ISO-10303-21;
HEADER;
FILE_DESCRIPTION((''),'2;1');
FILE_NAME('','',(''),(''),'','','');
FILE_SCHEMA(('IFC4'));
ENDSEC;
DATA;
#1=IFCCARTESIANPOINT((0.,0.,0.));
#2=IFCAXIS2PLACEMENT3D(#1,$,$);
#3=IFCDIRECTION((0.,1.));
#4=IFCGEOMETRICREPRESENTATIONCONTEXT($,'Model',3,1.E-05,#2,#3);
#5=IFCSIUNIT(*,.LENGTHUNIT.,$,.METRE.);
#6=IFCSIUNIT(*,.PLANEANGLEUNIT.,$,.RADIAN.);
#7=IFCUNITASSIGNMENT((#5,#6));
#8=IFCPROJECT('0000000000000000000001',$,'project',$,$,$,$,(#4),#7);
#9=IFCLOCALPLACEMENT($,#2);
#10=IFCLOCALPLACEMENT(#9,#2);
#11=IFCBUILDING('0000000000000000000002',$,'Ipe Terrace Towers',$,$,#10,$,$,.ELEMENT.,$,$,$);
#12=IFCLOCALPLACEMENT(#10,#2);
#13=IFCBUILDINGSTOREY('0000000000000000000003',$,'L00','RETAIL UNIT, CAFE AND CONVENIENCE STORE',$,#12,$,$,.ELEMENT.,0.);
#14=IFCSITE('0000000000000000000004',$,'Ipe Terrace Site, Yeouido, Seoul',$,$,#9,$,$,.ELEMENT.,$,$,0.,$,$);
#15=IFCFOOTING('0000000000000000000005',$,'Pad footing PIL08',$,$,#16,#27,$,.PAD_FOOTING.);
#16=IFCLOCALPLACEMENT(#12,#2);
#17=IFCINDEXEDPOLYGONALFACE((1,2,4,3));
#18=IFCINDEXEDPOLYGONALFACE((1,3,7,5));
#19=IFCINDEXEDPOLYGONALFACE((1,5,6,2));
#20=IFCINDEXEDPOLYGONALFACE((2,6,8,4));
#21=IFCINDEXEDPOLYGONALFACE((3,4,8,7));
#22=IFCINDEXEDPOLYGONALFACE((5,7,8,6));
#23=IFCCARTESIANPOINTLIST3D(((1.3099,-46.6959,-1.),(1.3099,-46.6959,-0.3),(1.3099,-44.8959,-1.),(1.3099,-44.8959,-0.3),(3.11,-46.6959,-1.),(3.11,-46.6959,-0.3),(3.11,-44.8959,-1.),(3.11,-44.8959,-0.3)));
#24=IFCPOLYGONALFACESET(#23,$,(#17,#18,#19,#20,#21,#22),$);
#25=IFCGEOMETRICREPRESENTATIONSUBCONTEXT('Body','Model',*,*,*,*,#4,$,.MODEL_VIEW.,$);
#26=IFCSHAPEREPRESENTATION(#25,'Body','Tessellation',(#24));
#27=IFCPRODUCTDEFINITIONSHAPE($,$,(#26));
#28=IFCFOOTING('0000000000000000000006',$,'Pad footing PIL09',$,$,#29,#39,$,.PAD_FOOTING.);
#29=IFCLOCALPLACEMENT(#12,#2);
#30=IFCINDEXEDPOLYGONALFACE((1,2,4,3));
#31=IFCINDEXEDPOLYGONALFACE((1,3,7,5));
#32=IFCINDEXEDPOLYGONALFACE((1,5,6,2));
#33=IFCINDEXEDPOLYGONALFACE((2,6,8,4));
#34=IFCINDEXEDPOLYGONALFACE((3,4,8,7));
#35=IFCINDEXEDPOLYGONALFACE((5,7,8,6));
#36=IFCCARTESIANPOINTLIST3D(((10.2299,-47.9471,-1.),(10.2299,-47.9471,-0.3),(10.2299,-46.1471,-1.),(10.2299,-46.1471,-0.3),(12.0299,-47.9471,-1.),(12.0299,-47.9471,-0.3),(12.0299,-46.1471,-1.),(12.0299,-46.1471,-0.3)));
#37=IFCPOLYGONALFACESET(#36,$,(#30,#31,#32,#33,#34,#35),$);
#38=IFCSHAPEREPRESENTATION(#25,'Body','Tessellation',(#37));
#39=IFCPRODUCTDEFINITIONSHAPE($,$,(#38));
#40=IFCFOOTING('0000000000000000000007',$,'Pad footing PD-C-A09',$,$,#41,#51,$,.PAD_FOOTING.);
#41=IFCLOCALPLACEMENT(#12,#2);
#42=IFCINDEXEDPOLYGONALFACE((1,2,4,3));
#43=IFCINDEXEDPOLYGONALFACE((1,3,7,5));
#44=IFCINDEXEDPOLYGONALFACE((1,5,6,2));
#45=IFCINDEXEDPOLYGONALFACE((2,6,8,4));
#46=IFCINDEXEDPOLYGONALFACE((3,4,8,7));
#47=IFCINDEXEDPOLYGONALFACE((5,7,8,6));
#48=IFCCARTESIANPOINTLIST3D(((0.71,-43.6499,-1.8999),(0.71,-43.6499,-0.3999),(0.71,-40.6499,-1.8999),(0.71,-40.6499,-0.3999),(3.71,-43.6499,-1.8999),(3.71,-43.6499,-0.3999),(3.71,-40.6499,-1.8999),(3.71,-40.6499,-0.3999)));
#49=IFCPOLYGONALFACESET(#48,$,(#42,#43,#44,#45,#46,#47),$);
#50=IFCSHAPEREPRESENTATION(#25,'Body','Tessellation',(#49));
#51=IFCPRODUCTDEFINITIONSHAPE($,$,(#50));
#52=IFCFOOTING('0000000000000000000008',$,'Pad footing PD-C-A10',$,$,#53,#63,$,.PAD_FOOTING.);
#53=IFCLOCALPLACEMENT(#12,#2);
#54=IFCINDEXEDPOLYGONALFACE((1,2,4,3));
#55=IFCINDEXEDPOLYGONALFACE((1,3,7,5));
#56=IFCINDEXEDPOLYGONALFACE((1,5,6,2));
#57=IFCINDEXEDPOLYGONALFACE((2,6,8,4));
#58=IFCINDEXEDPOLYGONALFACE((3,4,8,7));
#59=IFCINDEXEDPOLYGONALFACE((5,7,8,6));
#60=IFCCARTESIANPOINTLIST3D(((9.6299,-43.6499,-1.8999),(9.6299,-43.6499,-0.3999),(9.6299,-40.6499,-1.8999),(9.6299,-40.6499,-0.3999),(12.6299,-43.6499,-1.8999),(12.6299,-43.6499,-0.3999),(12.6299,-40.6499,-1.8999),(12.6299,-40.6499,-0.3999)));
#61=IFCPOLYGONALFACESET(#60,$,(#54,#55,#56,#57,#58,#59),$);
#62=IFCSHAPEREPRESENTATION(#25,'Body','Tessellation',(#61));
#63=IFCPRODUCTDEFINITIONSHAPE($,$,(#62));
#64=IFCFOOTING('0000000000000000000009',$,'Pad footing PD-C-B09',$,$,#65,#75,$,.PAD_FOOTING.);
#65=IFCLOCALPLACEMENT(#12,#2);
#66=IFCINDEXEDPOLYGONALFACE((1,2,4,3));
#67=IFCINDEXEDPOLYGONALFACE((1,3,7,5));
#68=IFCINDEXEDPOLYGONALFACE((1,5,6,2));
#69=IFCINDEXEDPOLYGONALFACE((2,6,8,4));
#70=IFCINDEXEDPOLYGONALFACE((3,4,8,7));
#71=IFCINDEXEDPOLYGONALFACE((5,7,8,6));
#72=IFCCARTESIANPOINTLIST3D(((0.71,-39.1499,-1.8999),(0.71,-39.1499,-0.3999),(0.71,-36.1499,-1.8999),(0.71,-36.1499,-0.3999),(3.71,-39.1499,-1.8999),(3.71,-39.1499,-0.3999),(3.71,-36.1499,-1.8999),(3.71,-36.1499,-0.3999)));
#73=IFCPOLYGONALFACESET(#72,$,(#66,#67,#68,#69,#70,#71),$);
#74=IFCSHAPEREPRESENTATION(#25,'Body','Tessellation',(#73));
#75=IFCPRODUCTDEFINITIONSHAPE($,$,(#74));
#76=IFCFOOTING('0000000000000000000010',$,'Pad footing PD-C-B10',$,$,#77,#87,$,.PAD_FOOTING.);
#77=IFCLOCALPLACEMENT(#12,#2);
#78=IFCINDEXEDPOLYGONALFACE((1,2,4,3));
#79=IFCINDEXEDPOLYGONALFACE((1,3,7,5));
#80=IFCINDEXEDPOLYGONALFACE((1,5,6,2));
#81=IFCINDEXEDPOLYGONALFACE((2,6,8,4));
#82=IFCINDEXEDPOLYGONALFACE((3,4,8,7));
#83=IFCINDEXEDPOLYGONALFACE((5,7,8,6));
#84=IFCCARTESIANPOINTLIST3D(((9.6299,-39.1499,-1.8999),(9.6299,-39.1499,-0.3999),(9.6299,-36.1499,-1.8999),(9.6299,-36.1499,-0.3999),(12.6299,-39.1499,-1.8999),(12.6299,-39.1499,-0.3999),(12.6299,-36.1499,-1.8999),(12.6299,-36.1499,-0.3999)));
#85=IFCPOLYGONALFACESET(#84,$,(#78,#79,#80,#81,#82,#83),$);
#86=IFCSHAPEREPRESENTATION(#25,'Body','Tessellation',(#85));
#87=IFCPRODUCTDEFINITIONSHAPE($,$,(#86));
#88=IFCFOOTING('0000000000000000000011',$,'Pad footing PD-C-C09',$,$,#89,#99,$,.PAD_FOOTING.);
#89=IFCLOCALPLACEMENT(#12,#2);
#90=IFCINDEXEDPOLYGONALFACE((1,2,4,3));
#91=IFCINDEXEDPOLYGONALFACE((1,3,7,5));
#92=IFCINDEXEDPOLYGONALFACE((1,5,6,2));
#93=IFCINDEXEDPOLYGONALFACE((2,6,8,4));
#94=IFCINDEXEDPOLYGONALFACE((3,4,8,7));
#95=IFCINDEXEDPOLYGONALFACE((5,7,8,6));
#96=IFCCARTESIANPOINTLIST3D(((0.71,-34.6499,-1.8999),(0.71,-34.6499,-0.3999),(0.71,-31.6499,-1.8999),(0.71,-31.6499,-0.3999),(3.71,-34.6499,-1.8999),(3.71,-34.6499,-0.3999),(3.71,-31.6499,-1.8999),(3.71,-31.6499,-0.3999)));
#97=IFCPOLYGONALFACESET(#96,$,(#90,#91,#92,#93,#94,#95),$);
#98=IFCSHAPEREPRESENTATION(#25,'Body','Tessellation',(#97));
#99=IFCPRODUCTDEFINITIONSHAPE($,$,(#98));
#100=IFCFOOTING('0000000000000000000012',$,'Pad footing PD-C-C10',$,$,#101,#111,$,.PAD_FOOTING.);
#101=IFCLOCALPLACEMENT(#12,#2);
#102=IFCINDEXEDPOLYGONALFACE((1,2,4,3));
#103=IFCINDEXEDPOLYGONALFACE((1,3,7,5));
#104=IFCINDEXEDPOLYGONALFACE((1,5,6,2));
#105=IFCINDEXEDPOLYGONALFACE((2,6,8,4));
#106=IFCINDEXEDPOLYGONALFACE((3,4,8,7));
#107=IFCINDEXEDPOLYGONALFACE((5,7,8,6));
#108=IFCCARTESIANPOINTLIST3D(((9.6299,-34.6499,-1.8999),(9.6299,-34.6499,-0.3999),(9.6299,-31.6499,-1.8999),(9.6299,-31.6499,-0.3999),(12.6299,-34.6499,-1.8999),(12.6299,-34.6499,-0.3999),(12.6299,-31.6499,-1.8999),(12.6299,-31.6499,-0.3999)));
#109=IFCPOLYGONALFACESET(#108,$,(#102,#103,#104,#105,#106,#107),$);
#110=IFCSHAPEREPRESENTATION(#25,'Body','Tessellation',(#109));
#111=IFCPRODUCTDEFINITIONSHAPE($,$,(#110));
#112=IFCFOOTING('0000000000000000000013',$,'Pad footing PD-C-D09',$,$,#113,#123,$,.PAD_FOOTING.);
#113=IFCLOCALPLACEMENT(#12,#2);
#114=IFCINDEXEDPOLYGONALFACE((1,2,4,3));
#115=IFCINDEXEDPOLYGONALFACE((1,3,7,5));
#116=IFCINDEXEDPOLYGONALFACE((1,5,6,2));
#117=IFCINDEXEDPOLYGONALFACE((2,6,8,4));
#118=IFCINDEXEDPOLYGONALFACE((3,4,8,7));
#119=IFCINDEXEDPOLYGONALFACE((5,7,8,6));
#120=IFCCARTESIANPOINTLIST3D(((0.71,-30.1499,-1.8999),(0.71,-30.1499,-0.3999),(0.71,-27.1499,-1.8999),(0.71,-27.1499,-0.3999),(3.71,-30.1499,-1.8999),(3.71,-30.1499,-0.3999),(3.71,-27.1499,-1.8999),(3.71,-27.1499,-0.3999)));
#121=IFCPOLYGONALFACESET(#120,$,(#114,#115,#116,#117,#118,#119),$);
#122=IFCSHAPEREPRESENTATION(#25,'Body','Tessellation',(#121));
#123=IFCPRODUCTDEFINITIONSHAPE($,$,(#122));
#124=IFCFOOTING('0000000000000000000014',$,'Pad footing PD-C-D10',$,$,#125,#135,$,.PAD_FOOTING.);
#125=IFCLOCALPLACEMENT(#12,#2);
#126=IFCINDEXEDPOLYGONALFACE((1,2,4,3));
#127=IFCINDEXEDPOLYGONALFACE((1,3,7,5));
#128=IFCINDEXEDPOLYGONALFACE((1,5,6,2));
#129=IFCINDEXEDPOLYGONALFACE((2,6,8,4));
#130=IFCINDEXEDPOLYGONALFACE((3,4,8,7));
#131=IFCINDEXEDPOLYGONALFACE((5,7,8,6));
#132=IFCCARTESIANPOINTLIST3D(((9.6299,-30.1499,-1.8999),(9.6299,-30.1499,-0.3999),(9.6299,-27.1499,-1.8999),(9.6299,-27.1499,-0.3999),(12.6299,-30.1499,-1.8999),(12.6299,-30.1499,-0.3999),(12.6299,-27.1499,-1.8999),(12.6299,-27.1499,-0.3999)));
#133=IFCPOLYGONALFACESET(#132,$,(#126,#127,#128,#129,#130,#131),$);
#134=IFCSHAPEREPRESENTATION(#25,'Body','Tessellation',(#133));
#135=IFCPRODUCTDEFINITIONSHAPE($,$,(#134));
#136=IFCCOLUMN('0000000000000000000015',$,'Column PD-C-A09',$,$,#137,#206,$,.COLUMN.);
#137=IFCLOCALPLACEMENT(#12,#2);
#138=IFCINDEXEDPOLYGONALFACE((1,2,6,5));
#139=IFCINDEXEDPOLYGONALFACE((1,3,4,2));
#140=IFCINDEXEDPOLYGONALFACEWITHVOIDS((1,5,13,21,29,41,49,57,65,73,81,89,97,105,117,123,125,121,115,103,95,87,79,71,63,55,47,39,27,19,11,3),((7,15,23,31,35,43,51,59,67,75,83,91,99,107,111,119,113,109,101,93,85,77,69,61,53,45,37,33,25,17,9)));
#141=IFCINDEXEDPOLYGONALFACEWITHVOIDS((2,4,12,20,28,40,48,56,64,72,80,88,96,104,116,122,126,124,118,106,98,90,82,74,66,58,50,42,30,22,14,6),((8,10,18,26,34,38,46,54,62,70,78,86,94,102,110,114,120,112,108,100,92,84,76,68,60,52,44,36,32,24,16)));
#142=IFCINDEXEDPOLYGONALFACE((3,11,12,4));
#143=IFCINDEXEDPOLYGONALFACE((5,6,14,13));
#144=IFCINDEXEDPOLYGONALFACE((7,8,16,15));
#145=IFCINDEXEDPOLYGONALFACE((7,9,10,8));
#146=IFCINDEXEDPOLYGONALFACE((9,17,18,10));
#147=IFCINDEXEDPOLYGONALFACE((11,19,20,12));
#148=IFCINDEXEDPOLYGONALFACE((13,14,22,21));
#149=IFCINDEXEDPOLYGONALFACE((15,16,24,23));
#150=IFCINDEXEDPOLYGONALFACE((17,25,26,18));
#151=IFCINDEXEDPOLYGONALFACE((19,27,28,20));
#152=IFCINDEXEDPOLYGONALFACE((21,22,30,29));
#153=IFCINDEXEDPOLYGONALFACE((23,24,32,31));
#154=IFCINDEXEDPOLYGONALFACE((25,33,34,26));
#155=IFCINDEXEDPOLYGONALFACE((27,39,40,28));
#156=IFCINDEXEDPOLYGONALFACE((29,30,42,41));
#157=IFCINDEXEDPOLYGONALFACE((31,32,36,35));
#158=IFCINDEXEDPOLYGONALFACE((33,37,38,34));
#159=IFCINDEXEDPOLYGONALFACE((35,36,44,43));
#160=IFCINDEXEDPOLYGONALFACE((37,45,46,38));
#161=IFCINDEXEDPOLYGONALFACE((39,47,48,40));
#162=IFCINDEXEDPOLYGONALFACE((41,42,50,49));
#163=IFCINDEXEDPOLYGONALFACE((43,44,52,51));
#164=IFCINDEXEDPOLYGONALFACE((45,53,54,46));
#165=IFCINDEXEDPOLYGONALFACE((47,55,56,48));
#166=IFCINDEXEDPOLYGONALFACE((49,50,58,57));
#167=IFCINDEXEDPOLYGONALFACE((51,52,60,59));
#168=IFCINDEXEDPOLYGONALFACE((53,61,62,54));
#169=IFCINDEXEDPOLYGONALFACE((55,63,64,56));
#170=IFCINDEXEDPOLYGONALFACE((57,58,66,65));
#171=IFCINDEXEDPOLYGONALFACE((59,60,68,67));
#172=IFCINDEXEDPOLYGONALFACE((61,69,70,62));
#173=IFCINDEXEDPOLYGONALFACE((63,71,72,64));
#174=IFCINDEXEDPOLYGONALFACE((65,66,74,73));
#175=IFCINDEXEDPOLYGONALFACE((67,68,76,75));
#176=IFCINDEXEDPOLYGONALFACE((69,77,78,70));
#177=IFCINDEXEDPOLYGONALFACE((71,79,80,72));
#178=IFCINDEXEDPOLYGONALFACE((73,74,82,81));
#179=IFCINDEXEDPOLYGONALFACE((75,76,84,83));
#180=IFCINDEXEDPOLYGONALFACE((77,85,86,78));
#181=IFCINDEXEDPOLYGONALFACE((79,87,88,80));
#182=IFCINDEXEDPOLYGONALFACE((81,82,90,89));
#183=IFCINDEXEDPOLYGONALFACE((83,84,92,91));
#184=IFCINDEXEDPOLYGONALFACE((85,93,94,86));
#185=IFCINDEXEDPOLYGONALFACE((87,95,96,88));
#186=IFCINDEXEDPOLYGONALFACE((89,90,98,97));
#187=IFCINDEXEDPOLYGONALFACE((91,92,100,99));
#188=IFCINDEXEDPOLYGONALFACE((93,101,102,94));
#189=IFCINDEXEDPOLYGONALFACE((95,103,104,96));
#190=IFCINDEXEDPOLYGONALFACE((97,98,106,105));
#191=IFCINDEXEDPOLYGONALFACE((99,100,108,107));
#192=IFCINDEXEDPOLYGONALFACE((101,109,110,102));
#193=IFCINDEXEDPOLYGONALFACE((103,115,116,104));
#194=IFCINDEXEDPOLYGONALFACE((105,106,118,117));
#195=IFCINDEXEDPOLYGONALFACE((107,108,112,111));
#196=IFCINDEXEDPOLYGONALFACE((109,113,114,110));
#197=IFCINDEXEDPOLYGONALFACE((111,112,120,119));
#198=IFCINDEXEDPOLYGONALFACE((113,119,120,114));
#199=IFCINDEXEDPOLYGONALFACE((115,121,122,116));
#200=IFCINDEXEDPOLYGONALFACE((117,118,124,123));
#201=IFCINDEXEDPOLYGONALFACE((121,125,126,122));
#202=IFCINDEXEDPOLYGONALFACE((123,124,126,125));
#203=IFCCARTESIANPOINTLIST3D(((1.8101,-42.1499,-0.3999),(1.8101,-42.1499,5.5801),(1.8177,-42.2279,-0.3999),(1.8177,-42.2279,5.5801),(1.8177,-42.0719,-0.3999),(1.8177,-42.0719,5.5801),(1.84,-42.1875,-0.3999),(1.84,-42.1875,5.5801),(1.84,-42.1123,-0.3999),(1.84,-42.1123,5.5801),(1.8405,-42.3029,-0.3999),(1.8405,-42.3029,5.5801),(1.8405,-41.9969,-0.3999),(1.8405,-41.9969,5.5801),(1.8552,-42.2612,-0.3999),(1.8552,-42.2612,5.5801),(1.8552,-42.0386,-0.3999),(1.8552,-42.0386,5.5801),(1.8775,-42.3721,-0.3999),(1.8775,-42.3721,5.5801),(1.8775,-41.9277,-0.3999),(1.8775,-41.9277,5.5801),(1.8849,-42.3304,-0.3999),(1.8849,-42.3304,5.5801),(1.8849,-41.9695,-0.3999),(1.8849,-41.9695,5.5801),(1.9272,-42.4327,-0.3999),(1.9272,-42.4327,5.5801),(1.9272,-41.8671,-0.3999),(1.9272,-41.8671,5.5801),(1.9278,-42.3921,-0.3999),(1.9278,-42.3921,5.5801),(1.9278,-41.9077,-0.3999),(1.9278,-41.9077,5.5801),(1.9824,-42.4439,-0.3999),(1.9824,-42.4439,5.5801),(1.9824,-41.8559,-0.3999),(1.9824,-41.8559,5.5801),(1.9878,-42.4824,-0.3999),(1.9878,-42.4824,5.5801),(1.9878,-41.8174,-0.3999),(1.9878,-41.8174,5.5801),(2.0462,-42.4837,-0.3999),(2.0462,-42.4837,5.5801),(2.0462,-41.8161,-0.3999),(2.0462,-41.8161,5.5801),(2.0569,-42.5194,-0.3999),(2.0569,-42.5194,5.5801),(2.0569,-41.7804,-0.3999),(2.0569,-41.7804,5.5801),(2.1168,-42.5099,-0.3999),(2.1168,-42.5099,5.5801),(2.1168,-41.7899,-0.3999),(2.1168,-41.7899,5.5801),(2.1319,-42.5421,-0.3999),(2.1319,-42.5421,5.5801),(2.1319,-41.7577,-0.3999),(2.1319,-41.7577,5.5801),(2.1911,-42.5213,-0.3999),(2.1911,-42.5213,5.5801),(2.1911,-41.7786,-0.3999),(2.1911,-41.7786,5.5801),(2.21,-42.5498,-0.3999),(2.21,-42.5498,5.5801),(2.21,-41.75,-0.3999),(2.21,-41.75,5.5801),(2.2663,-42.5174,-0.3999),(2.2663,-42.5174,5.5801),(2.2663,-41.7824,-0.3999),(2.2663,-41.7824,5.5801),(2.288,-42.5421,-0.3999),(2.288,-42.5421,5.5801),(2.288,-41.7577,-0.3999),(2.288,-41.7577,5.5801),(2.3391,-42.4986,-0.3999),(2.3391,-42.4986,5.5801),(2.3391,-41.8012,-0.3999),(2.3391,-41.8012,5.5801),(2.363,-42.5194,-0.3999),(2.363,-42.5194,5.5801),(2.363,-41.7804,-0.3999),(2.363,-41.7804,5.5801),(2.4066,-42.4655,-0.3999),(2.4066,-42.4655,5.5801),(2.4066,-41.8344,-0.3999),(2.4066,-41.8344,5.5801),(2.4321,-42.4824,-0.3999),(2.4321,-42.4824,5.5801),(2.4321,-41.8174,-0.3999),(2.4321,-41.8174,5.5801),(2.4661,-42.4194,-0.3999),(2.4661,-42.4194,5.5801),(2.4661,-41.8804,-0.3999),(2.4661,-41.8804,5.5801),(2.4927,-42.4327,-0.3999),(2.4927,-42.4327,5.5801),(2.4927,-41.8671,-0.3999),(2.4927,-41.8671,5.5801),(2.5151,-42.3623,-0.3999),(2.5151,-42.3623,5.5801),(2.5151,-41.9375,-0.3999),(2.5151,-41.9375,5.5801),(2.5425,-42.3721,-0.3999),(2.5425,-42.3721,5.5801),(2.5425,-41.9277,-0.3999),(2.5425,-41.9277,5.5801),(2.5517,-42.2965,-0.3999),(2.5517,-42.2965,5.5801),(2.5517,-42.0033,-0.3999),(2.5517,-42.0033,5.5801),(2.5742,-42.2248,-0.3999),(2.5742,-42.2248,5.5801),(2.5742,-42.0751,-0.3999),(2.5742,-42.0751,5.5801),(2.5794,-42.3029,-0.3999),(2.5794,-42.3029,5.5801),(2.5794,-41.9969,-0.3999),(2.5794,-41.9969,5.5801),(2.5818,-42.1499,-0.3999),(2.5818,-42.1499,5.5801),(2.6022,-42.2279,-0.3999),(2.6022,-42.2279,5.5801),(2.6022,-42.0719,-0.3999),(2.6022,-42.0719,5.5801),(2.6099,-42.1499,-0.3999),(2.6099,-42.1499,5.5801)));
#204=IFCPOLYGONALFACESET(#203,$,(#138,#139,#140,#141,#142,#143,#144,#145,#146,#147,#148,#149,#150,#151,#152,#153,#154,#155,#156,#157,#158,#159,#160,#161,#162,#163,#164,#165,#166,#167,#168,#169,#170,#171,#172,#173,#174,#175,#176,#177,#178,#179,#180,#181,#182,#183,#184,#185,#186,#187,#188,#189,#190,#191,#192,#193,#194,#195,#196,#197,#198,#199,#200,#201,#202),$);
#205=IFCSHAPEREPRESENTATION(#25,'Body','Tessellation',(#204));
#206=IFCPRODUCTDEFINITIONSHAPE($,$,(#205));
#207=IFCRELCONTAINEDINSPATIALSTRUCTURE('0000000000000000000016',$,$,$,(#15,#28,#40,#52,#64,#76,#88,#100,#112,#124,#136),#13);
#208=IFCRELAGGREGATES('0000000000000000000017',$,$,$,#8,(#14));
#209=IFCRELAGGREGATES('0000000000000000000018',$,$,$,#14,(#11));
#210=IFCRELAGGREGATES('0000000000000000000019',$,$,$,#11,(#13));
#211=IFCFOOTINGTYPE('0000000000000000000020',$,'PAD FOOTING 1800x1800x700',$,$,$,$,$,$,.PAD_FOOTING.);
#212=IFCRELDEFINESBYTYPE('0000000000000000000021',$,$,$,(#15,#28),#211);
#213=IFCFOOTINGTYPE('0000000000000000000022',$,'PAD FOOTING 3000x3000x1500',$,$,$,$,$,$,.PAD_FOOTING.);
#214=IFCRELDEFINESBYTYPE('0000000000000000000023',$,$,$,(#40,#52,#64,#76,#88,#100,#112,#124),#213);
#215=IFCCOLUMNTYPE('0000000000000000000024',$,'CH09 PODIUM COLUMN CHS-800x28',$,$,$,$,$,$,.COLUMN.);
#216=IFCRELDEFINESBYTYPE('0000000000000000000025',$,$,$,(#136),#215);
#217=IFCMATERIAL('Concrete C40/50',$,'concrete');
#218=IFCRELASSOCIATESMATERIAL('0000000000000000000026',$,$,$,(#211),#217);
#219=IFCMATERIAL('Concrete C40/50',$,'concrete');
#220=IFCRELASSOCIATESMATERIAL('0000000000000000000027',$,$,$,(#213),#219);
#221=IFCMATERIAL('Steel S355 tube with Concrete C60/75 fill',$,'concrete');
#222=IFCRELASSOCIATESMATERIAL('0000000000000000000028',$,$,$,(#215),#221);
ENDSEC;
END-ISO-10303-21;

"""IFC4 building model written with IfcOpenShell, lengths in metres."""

from ifc_helpers import new_model, si_unit, direction, frame, origin, origin_2d, place, context, subcontext, project, spatial, rectangle, hollow_circle, extrude, material, material_profile, profile_set, type_object, element, save


model = new_model("IFC4")

# Units and contexts
model_context = context("Model", 3, precision=1e-05, world=origin(), true_north=direction((0.0, 1.0)))
body_context = subcontext(model_context, "Body", "Model", "MODEL_VIEW")
ifc_project = project(units=[si_unit("LENGTHUNIT", "METRE"), si_unit("PLANEANGLEUNIT", "RADIAN")], contexts=[model_context])

# Site, building, storey
site_placement = place(None, origin())
site = spatial("IfcSite", under=ifc_project, at=site_placement, Name="Ipe Terrace Site, Yeouido, Seoul", CompositionType="ELEMENT", RefElevation=0.0)
building_placement = place(site_placement, origin())
building = spatial("IfcBuilding", under=site, at=building_placement, Name="Ipe Terrace Towers", CompositionType="ELEMENT")
storey_placement = place(building_placement, origin())
storey = spatial("IfcBuildingStorey", under=building, at=storey_placement, Name="L00", Description="RETAIL UNIT, CAFE AND CONVENIENCE STORE", CompositionType="ELEMENT", Elevation=0.0)

# Footings
ifc_material_1 = material(Name="Concrete C40/50", Category="concrete")
footing_type_1 = type_object("IfcFootingType", Name="PAD FOOTING 1800x1800x700", PredefinedType="PAD_FOOTING", material=ifc_material_1)
for number, where, z_axis, x_axis, name in (
    (1, (2.21, -45.7959, -1.0), (0.0, 0.0, 1.0), (1.0, 0.0, 0.0), "Pad footing PIL08"),
    (2, (11.1299, -47.0471, -1.0), (0.0, 0.0, 1.0), (1.0, 0.0, 0.0), "Pad footing PIL09"),
):
    element("IfcFooting", number, at=place(storey_placement, frame(where, z_axis=z_axis, x_axis=x_axis)), inside=storey, type_object=footing_type_1, Name=name, PredefinedType="PAD_FOOTING", context=body_context, shape_type="SweptSolid", body=[
        extrude(rectangle(XDim=1.8, YDim=1.8, at=origin_2d()), origin(), (0.0, 0.0, 1.0), 0.7),
    ])
ifc_material_2 = material(Name="Concrete C40/50", Category="concrete")
footing_type_2 = type_object("IfcFootingType", Name="PAD FOOTING 3000x3000x1500", PredefinedType="PAD_FOOTING", material=ifc_material_2)
for number, where, z_axis, x_axis, name in (
    (3, (2.21, -42.1499, -1.8999), (0.0, 0.0, 1.0), (1.0, 0.0, 0.0), "Pad footing PD-C-A09"),
    (4, (11.1299, -42.1499, -1.8999), (0.0, 0.0, 1.0), (1.0, 0.0, 0.0), "Pad footing PD-C-A10"),
    (5, (2.21, -37.6499, -1.8999), (0.0, 0.0, 1.0), (1.0, 0.0, 0.0), "Pad footing PD-C-B09"),
    (6, (11.1299, -37.6499, -1.8999), (0.0, 0.0, 1.0), (1.0, 0.0, 0.0), "Pad footing PD-C-B10"),
    (7, (2.21, -33.1499, -1.8999), (0.0, 0.0, 1.0), (1.0, 0.0, 0.0), "Pad footing PD-C-C09"),
    (8, (11.1299, -33.1499, -1.8999), (0.0, 0.0, 1.0), (1.0, 0.0, 0.0), "Pad footing PD-C-C10"),
    (9, (2.21, -28.6499, -1.8999), (0.0, 0.0, 1.0), (1.0, 0.0, 0.0), "Pad footing PD-C-D09"),
    (10, (11.1299, -28.6499, -1.8999), (0.0, 0.0, 1.0), (1.0, 0.0, 0.0), "Pad footing PD-C-D10"),
):
    element("IfcFooting", number, at=place(storey_placement, frame(where, z_axis=z_axis, x_axis=x_axis)), inside=storey, type_object=footing_type_2, Name=name, PredefinedType="PAD_FOOTING", context=body_context, shape_type="SweptSolid", body=[
        extrude(rectangle(XDim=3.0, YDim=3.0, at=origin_2d()), origin(), (0.0, 0.0, 1.0), 1.5),
    ])

# Column
ifc_material_3 = material(Name="Steel S355 tube with Concrete C60/75 fill", Category="concrete")
ifc_material_profile_1 = material_profile(ifc_material_3, hollow_circle(Radius=0.3999, WallThickness=0.0281, at=origin_2d()), Name="CHS-800x28")
ifc_profile_set_1 = profile_set([ifc_material_profile_1], Name="Steel S355 tube with Concrete C60/75 fill")
column_type_1 = type_object("IfcColumnType", Name="CH09 PODIUM COLUMN CHS-800x28", PredefinedType="COLUMN", material=ifc_profile_set_1)
for number, where, z_axis, x_axis, name in (
    (11, (2.21, -42.1499, -0.3999), (0.0, 0.0, 1.0), (1.0, 0.0, 0.0), "Column PD-C-A09"),
):
    element("IfcColumn", number, at=place(storey_placement, frame(where, z_axis=z_axis, x_axis=x_axis)), inside=storey, type_object=column_type_1, Name=name, PredefinedType="COLUMN", context=body_context, shape_type="SweptSolid", body=[
        extrude(hollow_circle(Radius=0.3999, WallThickness=0.0281, at=origin_2d()), origin(), (0.0, 0.0, 1.0), 5.98),
    ])

save(model, "model.ifc")
